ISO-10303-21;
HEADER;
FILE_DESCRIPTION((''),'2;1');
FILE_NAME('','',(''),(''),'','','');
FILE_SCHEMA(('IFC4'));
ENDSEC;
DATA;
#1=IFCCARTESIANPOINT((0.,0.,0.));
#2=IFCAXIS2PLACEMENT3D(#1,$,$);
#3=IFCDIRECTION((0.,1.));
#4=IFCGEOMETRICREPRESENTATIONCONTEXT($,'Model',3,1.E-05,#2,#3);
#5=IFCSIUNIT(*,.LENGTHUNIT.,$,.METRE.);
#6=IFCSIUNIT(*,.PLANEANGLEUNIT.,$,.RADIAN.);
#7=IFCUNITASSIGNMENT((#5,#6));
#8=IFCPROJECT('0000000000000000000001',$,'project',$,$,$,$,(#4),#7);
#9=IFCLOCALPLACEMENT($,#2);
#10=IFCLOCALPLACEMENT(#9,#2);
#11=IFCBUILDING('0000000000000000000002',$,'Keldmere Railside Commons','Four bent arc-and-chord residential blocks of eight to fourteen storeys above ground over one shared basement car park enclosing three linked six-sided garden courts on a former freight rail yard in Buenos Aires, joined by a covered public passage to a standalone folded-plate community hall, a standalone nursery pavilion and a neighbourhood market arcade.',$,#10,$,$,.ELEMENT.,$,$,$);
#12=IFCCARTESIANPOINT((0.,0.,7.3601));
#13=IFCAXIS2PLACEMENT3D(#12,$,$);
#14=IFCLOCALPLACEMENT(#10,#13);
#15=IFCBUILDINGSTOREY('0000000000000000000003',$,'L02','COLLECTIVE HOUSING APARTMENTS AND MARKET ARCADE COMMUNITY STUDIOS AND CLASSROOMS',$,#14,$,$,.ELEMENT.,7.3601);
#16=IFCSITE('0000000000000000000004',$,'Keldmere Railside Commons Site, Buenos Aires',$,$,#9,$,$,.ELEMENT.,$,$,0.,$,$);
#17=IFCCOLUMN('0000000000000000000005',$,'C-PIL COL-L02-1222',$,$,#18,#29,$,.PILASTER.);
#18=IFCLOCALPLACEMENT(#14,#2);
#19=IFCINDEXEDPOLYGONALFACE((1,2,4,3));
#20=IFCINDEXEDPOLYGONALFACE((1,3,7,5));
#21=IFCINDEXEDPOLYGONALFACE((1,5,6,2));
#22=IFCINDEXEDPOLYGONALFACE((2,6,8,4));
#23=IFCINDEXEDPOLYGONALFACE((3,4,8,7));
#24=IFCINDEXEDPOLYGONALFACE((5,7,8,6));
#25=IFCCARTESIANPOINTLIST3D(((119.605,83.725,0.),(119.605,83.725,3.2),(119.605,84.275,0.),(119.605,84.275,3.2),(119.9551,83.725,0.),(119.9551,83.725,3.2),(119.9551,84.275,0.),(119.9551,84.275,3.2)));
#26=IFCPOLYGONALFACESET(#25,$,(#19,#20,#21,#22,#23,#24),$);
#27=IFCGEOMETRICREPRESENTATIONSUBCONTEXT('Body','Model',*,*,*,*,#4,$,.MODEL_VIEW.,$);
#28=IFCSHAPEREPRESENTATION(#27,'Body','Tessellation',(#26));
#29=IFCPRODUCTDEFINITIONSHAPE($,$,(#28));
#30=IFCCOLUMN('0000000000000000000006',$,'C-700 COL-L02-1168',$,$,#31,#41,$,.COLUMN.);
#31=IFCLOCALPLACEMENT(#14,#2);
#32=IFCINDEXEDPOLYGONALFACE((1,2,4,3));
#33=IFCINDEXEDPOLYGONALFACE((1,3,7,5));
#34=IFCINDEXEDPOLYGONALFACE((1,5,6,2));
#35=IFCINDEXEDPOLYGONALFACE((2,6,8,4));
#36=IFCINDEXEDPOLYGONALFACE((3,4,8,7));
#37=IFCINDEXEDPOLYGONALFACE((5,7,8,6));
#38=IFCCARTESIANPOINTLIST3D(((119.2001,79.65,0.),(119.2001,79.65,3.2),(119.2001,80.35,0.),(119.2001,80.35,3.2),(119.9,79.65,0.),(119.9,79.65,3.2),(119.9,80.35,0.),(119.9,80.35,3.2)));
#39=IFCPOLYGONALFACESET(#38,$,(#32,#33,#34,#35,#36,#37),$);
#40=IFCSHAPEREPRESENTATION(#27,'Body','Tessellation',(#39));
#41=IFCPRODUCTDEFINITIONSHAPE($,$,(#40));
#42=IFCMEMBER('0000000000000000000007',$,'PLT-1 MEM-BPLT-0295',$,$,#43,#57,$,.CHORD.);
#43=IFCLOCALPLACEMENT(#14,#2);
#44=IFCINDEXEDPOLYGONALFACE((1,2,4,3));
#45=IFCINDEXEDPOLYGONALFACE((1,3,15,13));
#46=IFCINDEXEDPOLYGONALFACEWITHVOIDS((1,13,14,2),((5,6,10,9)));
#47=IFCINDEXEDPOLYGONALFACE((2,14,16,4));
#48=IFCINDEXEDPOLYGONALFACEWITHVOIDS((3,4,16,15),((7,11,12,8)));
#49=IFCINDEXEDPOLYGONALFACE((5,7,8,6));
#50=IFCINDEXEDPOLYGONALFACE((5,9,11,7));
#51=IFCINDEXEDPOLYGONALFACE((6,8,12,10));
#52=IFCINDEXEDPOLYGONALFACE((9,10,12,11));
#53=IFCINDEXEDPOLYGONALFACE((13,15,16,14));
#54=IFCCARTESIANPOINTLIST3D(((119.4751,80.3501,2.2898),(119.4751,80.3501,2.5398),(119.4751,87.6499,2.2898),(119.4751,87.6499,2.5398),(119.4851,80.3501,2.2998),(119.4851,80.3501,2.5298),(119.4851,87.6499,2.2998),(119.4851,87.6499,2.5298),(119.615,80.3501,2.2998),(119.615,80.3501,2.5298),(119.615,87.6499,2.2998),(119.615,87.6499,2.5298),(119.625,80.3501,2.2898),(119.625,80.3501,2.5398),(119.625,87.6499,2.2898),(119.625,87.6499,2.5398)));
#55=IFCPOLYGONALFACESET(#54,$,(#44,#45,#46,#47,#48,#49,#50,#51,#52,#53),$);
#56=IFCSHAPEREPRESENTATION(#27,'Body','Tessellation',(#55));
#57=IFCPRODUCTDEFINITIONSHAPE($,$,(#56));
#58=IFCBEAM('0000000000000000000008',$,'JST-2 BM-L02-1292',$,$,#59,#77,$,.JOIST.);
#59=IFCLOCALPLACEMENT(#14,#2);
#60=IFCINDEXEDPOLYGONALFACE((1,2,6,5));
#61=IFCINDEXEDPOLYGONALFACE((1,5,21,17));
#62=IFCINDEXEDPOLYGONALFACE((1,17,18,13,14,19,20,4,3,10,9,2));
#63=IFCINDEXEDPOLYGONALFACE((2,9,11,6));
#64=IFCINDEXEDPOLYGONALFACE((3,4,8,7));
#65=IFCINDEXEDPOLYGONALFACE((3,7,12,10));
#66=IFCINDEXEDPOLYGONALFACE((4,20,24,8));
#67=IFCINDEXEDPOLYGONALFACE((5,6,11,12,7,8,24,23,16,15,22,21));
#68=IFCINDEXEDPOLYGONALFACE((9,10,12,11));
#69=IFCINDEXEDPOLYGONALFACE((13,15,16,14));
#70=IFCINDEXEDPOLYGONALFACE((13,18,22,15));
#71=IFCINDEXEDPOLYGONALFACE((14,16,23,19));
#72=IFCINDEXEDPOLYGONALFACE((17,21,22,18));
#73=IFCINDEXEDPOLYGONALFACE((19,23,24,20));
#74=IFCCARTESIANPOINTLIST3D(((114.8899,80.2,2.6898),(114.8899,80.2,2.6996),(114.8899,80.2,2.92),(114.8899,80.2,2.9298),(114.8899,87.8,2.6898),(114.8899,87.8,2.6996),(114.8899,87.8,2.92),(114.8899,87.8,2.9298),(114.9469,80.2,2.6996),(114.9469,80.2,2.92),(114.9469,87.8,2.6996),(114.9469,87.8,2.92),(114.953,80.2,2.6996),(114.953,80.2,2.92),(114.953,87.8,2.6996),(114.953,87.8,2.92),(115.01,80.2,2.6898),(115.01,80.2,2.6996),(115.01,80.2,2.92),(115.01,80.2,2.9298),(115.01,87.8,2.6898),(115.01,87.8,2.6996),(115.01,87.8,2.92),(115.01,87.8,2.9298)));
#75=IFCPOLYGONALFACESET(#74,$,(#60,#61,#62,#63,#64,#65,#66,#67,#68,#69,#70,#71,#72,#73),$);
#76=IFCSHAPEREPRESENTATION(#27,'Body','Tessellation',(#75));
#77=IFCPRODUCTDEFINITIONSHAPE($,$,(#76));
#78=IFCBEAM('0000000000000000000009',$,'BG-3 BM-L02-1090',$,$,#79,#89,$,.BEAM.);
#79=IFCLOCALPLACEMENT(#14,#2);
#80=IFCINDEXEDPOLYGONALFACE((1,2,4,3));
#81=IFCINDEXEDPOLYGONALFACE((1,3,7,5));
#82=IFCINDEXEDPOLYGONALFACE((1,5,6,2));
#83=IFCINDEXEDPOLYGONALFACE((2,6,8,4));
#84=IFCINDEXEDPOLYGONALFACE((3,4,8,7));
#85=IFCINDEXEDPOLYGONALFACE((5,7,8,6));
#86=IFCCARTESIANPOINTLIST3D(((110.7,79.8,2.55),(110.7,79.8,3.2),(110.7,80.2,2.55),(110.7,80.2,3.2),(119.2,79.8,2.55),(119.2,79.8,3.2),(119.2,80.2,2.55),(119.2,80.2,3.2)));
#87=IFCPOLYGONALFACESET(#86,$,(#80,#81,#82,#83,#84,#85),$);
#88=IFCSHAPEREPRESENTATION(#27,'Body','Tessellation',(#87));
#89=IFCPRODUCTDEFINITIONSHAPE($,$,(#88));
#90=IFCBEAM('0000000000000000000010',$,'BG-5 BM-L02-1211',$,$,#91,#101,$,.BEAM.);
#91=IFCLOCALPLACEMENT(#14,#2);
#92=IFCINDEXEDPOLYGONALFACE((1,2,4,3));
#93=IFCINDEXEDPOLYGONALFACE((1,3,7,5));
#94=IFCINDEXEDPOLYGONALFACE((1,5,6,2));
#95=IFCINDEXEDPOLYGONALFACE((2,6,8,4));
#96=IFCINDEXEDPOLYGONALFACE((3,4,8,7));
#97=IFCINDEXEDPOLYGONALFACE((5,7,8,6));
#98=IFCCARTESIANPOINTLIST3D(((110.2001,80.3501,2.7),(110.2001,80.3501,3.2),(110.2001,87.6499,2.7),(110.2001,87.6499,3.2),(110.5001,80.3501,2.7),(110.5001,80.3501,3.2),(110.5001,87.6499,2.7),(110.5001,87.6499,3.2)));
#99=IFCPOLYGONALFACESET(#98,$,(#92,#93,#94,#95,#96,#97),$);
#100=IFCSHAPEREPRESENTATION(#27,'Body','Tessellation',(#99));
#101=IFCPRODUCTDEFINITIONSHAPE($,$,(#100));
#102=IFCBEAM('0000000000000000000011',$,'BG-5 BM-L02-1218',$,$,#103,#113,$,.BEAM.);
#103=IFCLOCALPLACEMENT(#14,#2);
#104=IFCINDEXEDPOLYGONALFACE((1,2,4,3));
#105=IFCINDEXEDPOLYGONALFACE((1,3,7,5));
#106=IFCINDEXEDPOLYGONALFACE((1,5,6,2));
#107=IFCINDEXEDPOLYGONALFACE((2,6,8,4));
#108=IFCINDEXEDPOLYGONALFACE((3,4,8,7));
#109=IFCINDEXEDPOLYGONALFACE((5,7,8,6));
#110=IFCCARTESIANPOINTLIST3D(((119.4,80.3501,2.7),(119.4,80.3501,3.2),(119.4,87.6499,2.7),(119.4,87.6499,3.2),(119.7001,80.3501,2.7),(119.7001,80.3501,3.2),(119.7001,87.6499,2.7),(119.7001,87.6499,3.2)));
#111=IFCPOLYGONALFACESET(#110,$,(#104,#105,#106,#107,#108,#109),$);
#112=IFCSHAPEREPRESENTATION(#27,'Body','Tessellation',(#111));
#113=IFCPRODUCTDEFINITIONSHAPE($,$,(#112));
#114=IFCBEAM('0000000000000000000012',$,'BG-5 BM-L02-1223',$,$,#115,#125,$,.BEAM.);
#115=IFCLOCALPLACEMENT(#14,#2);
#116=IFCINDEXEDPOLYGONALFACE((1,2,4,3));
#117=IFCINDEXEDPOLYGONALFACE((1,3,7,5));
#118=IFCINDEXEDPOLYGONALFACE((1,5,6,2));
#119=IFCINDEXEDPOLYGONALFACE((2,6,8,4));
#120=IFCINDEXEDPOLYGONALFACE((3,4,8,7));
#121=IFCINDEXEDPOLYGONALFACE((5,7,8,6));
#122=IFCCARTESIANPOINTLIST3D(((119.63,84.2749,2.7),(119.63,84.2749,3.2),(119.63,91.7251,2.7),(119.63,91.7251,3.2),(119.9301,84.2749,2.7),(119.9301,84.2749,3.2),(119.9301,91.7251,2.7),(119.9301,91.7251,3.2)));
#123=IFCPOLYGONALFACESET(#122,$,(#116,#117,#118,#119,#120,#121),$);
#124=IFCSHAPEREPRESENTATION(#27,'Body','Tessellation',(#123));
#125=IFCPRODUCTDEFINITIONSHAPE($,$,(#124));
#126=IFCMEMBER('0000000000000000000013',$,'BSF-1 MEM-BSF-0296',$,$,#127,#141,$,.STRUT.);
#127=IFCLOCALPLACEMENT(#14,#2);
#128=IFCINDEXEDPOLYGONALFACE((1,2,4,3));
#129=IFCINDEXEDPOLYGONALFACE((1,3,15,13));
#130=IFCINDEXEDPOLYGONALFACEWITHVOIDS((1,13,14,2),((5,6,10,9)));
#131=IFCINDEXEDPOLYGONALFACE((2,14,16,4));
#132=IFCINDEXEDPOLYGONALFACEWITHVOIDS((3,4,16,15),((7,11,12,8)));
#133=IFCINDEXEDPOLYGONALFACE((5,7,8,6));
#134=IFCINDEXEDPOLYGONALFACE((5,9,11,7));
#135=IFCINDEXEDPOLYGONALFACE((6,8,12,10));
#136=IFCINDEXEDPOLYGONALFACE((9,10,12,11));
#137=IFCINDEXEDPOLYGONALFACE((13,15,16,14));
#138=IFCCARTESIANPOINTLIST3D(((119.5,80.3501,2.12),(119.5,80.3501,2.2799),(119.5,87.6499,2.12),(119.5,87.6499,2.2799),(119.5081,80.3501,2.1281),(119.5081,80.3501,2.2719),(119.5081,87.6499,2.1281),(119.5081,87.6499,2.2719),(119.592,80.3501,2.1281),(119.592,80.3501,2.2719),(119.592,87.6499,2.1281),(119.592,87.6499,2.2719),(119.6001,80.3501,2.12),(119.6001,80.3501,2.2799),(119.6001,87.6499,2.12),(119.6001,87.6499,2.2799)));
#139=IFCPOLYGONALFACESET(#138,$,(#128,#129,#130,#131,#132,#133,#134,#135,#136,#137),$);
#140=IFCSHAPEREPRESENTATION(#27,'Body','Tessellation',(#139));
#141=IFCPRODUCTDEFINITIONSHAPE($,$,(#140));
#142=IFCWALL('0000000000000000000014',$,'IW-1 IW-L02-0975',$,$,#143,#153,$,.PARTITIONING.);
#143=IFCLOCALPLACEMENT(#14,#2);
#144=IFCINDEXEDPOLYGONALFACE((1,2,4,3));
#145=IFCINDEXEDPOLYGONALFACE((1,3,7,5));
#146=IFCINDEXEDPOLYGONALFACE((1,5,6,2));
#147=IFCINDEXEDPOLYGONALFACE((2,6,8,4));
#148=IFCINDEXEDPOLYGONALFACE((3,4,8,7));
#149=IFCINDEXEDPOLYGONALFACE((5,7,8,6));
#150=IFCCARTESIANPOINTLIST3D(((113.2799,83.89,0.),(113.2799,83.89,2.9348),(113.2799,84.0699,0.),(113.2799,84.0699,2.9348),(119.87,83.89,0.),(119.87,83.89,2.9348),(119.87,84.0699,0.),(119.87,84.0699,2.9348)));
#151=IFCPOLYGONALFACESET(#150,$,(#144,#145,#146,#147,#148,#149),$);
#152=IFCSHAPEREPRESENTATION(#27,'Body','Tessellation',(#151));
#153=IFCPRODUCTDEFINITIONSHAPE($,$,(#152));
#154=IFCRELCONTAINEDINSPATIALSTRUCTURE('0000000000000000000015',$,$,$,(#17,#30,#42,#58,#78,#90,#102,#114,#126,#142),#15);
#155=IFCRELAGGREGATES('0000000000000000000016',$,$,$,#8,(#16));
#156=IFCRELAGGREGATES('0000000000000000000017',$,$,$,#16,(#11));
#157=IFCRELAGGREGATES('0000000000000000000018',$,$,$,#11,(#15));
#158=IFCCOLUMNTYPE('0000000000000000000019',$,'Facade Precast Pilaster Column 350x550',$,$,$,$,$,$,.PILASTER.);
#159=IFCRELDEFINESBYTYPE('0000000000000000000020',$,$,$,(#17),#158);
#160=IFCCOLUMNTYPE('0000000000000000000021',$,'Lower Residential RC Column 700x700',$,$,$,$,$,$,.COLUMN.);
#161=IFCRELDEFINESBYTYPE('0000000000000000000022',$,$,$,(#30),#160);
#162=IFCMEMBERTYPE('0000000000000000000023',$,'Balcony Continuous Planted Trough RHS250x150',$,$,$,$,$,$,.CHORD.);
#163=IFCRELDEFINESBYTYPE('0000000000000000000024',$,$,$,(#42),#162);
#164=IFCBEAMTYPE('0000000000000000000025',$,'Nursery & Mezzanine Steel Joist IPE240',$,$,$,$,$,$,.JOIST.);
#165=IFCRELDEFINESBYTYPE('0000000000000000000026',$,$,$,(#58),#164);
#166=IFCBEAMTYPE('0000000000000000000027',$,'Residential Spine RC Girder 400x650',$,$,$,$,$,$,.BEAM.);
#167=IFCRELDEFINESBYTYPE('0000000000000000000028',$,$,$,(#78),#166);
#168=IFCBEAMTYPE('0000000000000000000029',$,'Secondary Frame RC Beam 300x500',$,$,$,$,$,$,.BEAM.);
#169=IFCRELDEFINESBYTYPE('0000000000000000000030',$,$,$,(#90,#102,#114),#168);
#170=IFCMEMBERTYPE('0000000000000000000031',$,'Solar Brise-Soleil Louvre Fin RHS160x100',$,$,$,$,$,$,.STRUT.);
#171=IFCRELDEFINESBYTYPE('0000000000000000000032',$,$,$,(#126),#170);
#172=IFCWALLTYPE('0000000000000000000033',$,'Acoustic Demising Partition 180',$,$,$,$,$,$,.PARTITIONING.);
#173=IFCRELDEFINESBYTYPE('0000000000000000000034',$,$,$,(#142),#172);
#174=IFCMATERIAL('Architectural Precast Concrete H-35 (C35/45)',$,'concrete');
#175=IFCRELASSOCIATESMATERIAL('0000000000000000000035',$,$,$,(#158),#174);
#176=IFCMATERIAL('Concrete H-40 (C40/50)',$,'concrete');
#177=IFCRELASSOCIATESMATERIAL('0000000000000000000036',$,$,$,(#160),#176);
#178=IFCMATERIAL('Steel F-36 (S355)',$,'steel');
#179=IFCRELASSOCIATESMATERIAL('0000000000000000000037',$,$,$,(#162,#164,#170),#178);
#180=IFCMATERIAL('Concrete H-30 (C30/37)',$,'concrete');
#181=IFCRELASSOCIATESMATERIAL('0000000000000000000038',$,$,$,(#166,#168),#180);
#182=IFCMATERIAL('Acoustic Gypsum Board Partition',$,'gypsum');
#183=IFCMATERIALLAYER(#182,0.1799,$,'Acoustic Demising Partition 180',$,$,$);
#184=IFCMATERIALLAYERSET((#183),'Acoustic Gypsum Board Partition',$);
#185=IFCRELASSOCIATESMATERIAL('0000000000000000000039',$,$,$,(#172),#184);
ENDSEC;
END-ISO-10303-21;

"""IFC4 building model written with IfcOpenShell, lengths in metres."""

from ifc_helpers import new_model, si_unit, direction, frame, frame_2d, origin, origin_2d, place, context, subcontext, project, spatial, rectangle, hollow_rectangle, i_section, extrude, material, layer, layer_set, material_profile, profile_set, type_object, element, save


model = new_model("IFC4")

# Units and contexts
model_context = context("Model", 3, precision=1e-05, world=origin(), true_north=direction((0.0, 1.0)))
body_context = subcontext(model_context, "Body", "Model", "MODEL_VIEW")
ifc_project = project(units=[si_unit("LENGTHUNIT", "METRE"), si_unit("PLANEANGLEUNIT", "RADIAN")], contexts=[model_context])

# Site, building, storey
site_placement = place(None, origin())
site = spatial("IfcSite", under=ifc_project, at=site_placement, Name="Keldmere Railside Commons Site, Buenos Aires", CompositionType="ELEMENT", RefElevation=0.0)
building_placement = place(site_placement, origin())
building = spatial("IfcBuilding", under=site, at=building_placement, Name="Keldmere Railside Commons", Description="Four bent arc-and-chord residential blocks of eight to fourteen storeys above ground over one shared basement car park enclosing three linked six-sided garden courts on a former freight rail yard in Buenos Aires, joined by a covered public passage to a standalone folded-plate community hall, a standalone nursery pavilion and a neighbourhood market arcade.", CompositionType="ELEMENT")
storey_placement = place(building_placement, frame((0.0, 0.0, 7.3601)))
storey = spatial("IfcBuildingStorey", under=building, at=storey_placement, Name="L02", Description="COLLECTIVE HOUSING APARTMENTS AND MARKET ARCADE COMMUNITY STUDIOS AND CLASSROOMS", CompositionType="ELEMENT", Elevation=7.3601)

# Columns
ifc_material_1 = material(Name="Architectural Precast Concrete H-35 (C35/45)", Category="concrete")
ifc_material_profile_1 = material_profile(ifc_material_1, rectangle(XDim=0.3501, YDim=0.55, at=origin_2d()), Name="RC-350x550")
ifc_profile_set_1 = profile_set([ifc_material_profile_1], Name="Architectural Precast Concrete H-35 (C35/45)")
column_type_1 = type_object("IfcColumnType", Name="Facade Precast Pilaster Column 350x550", PredefinedType="PILASTER", material=ifc_profile_set_1)
column_1_placement = place(storey_placement, frame((119.78, 84.0, 0.0), z_axis=(0.0, 0.0, 1.0), x_axis=(1.0, 0.0, 0.0)))
element("IfcColumn", 1, at=column_1_placement, inside=storey, type_object=column_type_1, Name="C-PIL COL-L02-1222", PredefinedType="PILASTER", context=body_context, shape_type="SweptSolid", body=[
    extrude(rectangle(XDim=0.3501, YDim=0.55, at=origin_2d()), origin(), (0.0, 0.0, 1.0), 3.2),
])
ifc_material_2 = material(Name="Concrete H-40 (C40/50)", Category="concrete")
ifc_material_profile_2 = material_profile(ifc_material_2, rectangle(XDim=0.7, YDim=0.7, at=origin_2d()), Name="RC-700x700")
ifc_profile_set_2 = profile_set([ifc_material_profile_2], Name="Concrete H-40 (C40/50)")
column_type_2 = type_object("IfcColumnType", Name="Lower Residential RC Column 700x700", PredefinedType="COLUMN", material=ifc_profile_set_2)
column_2_placement = place(storey_placement, frame((119.55, 80.0, 0.0), z_axis=(0.0, 0.0, 1.0), x_axis=(1.0, 0.0, 0.0)))
element("IfcColumn", 2, at=column_2_placement, inside=storey, type_object=column_type_2, Name="C-700 COL-L02-1168", PredefinedType="COLUMN", context=body_context, shape_type="SweptSolid", body=[
    extrude(rectangle(XDim=0.7, YDim=0.7, at=origin_2d()), origin(), (0.0, 0.0, 1.0), 3.2),
])

# Member
ifc_material_3 = material(Name="Steel F-36 (S355)", Category="steel")
ifc_material_profile_3 = material_profile(ifc_material_3, hollow_rectangle(XDim=0.1499, YDim=0.25, WallThickness=0.01, at=origin_2d()), Name="RHS-250x150x10")
ifc_profile_set_3 = profile_set([ifc_material_profile_3], Name="Steel F-36 (S355)")
member_type_1 = type_object("IfcMemberType", Name="Balcony Continuous Planted Trough RHS250x150", PredefinedType="CHORD", material=ifc_profile_set_3)
member_1_placement = place(storey_placement, frame((119.55, 80.3501, 2.4148), z_axis=(0.0, 1.0, 0.0), x_axis=(-1.0, 0.0, 0.0)))
element("IfcMember", 3, at=member_1_placement, inside=storey, type_object=member_type_1, Name="PLT-1 MEM-BPLT-0295", PredefinedType="CHORD", context=body_context, shape_type="SweptSolid", body=[
    extrude(hollow_rectangle(XDim=0.1499, YDim=0.25, WallThickness=0.01, at=origin_2d()), origin(), (0.0, 0.0, 1.0), 7.2998),
])

# Beams
ifc_material_profile_4 = material_profile(ifc_material_3, i_section(OverallWidth=0.1201, OverallDepth=0.24, WebThickness=0.0061, FlangeThickness=0.0098, at=origin_2d()), Name="IPE-240")
ifc_profile_set_4 = profile_set([ifc_material_profile_4], Name="Steel F-36 (S355)")
beam_type_1 = type_object("IfcBeamType", Name="Nursery & Mezzanine Steel Joist IPE240", PredefinedType="JOIST", material=ifc_profile_set_4)
beam_1_placement = place(storey_placement, frame((114.95, 80.2, 2.8098), z_axis=(0.0, 1.0, 0.0), x_axis=(-1.0, 0.0, 0.0)))
element("IfcBeam", 4, at=beam_1_placement, inside=storey, type_object=beam_type_1, Name="JST-2 BM-L02-1292", PredefinedType="JOIST", context=body_context, shape_type="SweptSolid", body=[
    extrude(i_section(OverallWidth=0.1201, OverallDepth=0.24, WebThickness=0.0061, FlangeThickness=0.0098, at=origin_2d()), origin(), (0.0, 0.0, 1.0), 7.6001),
])
ifc_material_4 = material(Name="Concrete H-30 (C30/37)", Category="concrete")
ifc_material_profile_5 = material_profile(ifc_material_4, rectangle(XDim=0.3999, YDim=0.6499, at=origin_2d()), Name="RC-400x650")
ifc_profile_set_5 = profile_set([ifc_material_profile_5], Name="Concrete H-30 (C30/37)")
beam_type_2 = type_object("IfcBeamType", Name="Residential Spine RC Girder 400x650", PredefinedType="BEAM", material=ifc_profile_set_5)
beam_2_placement = place(storey_placement, frame((110.7, 80.0, 2.875), z_axis=(1.0, 0.0, 0.0), x_axis=(0.0, 1.0, 0.0)))
element("IfcBeam", 5, at=beam_2_placement, inside=storey, type_object=beam_type_2, Name="BG-3 BM-L02-1090", PredefinedType="BEAM", context=body_context, shape_type="SweptSolid", body=[
    extrude(rectangle(XDim=0.3999, YDim=0.6499, at=origin_2d()), origin(), (0.0, 0.0, 1.0), 8.5),
])
ifc_material_profile_6 = material_profile(ifc_material_4, rectangle(XDim=0.3, YDim=0.5, at=origin_2d()), Name="RC-300x500")
ifc_profile_set_6 = profile_set([ifc_material_profile_6], Name="Concrete H-30 (C30/37)")
beam_type_3 = type_object("IfcBeamType", Name="Secondary Frame RC Beam 300x500", PredefinedType="BEAM", material=ifc_profile_set_6)
for number, where, z_axis, x_axis, name in (
    (6, (110.3501, 80.3501, 2.95), (0.0, 1.0, 0.0), (-1.0, 0.0, 0.0), "BG-5 BM-L02-1211"),
    (7, (119.55, 80.3501, 2.95), (0.0, 1.0, 0.0), (-1.0, 0.0, 0.0), "BG-5 BM-L02-1218"),
):
    element("IfcBeam", number, at=place(storey_placement, frame(where, z_axis=z_axis, x_axis=x_axis)), inside=storey, type_object=beam_type_3, Name=name, PredefinedType="BEAM", context=body_context, shape_type="SweptSolid", body=[
        extrude(rectangle(XDim=0.3, YDim=0.5, at=origin_2d()), origin(), (0.0, 0.0, 1.0), 7.2998),
    ])
beam_3_placement = place(storey_placement, frame((119.78, 84.2749, 2.95), z_axis=(0.0, 1.0, 0.0), x_axis=(-1.0, 0.0, 0.0)))
element("IfcBeam", 8, at=beam_3_placement, inside=storey, type_object=beam_type_3, Name="BG-5 BM-L02-1223", PredefinedType="BEAM", context=body_context, shape_type="SweptSolid", body=[
    extrude(rectangle(XDim=0.3, YDim=0.5, at=origin_2d()), origin(), (0.0, 0.0, 1.0), 7.4502),
])

# Member
ifc_material_profile_7 = material_profile(ifc_material_3, hollow_rectangle(XDim=0.1001, YDim=0.1599, WallThickness=0.0081, at=origin_2d()), Name="RHS-160x100x8")
ifc_profile_set_7 = profile_set([ifc_material_profile_7], Name="Steel F-36 (S355)")
member_type_2 = type_object("IfcMemberType", Name="Solar Brise-Soleil Louvre Fin RHS160x100", PredefinedType="STRUT", material=ifc_profile_set_7)
member_2_placement = place(storey_placement, frame((119.55, 80.3501, 2.2), z_axis=(0.0, 1.0, 0.0), x_axis=(-1.0, 0.0, 0.0)))
element("IfcMember", 9, at=member_2_placement, inside=storey, type_object=member_type_2, Name="BSF-1 MEM-BSF-0296", PredefinedType="STRUT", context=body_context, shape_type="SweptSolid", body=[
    extrude(hollow_rectangle(XDim=0.1001, YDim=0.1599, WallThickness=0.0081, at=origin_2d()), origin(), (0.0, 0.0, 1.0), 7.2998),
])

# Wall
ifc_material_5 = material(Name="Acoustic Gypsum Board Partition", Category="gypsum")
ifc_layer_1 = layer(ifc_material_5, 0.1799, Name="Acoustic Demising Partition 180")
ifc_layer_set_1 = layer_set([ifc_layer_1], Name="Acoustic Gypsum Board Partition")
wall_type_1 = type_object("IfcWallType", Name="Acoustic Demising Partition 180", PredefinedType="PARTITIONING", material=ifc_layer_set_1)
wall_1_placement = place(storey_placement, frame((113.28, 83.98, 0.0), z_axis=(0.0, 0.0, 1.0), x_axis=(1.0, 0.0, 0.0)))
element("IfcWall", 10, at=wall_1_placement, inside=storey, type_object=wall_type_1, Name="IW-1 IW-L02-0975", PredefinedType="PARTITIONING", context=body_context, shape_type="SweptSolid", body=[
    extrude(rectangle(XDim=6.5901, YDim=0.1799, at=frame_2d((3.2949, 0.0))), origin(), (0.0, 0.0, 1.0), 2.9348),
])

save(model, "model.ifc")
